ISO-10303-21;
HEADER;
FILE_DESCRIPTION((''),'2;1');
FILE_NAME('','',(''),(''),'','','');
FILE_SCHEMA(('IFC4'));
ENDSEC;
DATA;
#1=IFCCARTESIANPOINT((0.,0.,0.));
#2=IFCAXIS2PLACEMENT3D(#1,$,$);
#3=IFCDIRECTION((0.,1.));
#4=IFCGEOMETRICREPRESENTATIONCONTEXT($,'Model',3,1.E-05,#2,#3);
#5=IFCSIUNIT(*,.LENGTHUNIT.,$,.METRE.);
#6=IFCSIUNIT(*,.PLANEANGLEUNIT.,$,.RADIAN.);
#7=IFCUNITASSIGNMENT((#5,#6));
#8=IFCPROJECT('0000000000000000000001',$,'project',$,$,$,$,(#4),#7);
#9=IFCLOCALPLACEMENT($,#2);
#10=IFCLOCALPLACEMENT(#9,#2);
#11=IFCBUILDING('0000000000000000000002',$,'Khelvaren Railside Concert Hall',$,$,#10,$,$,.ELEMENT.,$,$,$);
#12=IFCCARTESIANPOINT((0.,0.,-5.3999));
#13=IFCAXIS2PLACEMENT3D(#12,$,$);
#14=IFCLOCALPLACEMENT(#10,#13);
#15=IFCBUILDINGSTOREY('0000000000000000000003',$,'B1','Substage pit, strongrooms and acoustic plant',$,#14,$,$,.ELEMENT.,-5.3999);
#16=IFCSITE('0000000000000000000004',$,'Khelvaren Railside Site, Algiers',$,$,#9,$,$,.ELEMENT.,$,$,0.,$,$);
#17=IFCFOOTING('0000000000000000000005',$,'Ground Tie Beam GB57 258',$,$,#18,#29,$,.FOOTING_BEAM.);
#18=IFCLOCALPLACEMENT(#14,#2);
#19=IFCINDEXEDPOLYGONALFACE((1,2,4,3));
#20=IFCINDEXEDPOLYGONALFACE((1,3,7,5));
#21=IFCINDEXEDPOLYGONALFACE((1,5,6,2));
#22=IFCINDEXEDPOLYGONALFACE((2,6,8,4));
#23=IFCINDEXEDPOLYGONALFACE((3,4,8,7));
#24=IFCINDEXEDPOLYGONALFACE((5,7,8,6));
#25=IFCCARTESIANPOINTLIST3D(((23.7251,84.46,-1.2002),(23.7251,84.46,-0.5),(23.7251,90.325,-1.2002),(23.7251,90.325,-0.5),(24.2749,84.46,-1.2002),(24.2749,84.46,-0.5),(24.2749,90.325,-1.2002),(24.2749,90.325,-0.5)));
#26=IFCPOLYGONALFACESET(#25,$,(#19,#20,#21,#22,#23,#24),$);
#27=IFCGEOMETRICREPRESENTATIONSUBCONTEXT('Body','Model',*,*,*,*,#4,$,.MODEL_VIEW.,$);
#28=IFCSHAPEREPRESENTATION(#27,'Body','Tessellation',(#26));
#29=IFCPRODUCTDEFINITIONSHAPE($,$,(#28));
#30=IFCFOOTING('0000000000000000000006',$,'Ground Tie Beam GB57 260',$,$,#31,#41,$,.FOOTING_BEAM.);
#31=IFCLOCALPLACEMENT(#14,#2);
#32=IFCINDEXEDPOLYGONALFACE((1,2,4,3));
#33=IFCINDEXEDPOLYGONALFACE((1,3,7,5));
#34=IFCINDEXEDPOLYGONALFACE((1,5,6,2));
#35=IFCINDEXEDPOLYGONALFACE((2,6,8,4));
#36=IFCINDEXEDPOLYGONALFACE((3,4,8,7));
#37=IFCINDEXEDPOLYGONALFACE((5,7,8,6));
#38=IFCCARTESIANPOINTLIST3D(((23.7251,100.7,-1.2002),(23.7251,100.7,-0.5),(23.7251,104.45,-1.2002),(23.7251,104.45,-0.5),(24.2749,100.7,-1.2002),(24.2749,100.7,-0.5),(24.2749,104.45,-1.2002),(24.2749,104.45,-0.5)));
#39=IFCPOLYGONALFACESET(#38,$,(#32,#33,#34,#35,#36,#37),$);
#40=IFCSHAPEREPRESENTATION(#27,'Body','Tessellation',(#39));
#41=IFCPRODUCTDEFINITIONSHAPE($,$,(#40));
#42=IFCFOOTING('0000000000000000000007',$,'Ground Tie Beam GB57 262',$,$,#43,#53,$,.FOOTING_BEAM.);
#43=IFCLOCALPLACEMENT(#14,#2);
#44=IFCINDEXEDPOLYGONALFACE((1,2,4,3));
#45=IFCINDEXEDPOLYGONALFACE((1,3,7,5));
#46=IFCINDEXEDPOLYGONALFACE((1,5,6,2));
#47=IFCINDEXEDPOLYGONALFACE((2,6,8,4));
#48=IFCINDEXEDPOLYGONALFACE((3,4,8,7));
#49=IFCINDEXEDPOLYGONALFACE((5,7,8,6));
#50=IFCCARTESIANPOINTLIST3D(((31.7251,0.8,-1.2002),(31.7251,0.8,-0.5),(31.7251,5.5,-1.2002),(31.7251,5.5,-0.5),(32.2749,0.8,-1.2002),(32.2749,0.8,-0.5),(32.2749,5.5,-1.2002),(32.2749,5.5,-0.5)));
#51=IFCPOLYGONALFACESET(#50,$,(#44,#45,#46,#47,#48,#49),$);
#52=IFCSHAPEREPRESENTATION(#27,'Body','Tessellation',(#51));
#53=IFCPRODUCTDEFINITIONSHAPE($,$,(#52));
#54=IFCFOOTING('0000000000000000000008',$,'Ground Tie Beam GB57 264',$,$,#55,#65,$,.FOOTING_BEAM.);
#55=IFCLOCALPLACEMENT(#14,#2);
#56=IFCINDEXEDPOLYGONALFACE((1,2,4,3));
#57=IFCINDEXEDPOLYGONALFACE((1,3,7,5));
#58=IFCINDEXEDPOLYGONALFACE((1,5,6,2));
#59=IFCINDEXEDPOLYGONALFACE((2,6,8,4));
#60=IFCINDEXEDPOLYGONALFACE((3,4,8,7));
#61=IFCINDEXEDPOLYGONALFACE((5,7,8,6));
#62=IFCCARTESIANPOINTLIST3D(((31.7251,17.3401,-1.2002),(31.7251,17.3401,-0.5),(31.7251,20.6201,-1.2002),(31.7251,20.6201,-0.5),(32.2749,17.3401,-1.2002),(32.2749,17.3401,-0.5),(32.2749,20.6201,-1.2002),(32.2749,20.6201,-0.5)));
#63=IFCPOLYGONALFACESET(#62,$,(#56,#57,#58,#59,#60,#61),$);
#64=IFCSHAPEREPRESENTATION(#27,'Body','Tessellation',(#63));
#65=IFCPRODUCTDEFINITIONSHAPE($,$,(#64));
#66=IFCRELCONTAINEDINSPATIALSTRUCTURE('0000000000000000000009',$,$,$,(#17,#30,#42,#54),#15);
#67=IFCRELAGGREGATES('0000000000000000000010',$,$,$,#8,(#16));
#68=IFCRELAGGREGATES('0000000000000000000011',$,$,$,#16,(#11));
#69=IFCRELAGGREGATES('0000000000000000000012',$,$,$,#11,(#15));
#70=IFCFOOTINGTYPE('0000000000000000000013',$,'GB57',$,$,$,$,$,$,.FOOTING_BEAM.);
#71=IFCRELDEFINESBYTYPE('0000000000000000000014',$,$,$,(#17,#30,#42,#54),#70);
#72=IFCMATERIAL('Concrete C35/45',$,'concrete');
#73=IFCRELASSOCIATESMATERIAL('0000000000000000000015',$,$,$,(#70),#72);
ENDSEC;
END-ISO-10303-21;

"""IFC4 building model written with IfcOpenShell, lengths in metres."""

from ifc_helpers import new_model, si_unit, direction, frame, origin, place, context, subcontext, project, spatial, polyline, outline, extrude, material, type_object, element, save


model = new_model("IFC4")

# Units and contexts
model_context = context("Model", 3, precision=1e-05, world=origin(), true_north=direction((0.0, 1.0)))
body_context = subcontext(model_context, "Body", "Model", "MODEL_VIEW")
ifc_project = project(units=[si_unit("LENGTHUNIT", "METRE"), si_unit("PLANEANGLEUNIT", "RADIAN")], contexts=[model_context])

# Site, building, storey
site_placement = place(None, origin())
site = spatial("IfcSite", under=ifc_project, at=site_placement, Name="Khelvaren Railside Site, Algiers", CompositionType="ELEMENT", RefElevation=0.0)
building_placement = place(site_placement, origin())
building = spatial("IfcBuilding", under=site, at=building_placement, Name="Khelvaren Railside Concert Hall", CompositionType="ELEMENT")
storey_placement = place(building_placement, frame((0.0, 0.0, -5.3999)))
storey = spatial("IfcBuildingStorey", under=building, at=storey_placement, Name="B1", Description="Substage pit, strongrooms and acoustic plant", CompositionType="ELEMENT", Elevation=-5.3999)

# Footings
ifc_material = material(Name="Concrete C35/45", Category="concrete")
footing_type_1 = type_object("IfcFootingType", Name="GB57", PredefinedType="FOOTING_BEAM", material=ifc_material)
footing_1_placement = place(storey_placement, frame((0.0, 0.0, -1.2002)))
element("IfcFooting", 1, at=footing_1_placement, inside=storey, type_object=footing_type_1, Name="Ground Tie Beam GB57 258", PredefinedType="FOOTING_BEAM", context=body_context, shape_type="SweptSolid", body=[
    extrude(outline(polyline([(23.7251, 84.46), (24.2749, 84.46), (24.2749, 90.325), (23.7251, 90.325), (23.7251, 84.46)])), origin(), (0.0, 0.0, 1.0), 0.7002),
])
footing_2_placement = place(storey_placement, frame((0.0, 0.0, -1.2002)))
element("IfcFooting", 2, at=footing_2_placement, inside=storey, type_object=footing_type_1, Name="Ground Tie Beam GB57 260", PredefinedType="FOOTING_BEAM", context=body_context, shape_type="SweptSolid", body=[
    extrude(outline(polyline([(23.7251, 100.7), (24.2749, 100.7), (24.2749, 104.45), (23.7251, 104.45), (23.7251, 100.7)])), origin(), (0.0, 0.0, 1.0), 0.7002),
])
footing_3_placement = place(storey_placement, frame((0.0, 0.0, -1.2002)))
element("IfcFooting", 3, at=footing_3_placement, inside=storey, type_object=footing_type_1, Name="Ground Tie Beam GB57 262", PredefinedType="FOOTING_BEAM", context=body_context, shape_type="SweptSolid", body=[
    extrude(outline(polyline([(31.7251, 0.8), (32.2749, 0.8), (32.2749, 5.5), (31.7251, 5.5), (31.7251, 0.8)])), origin(), (0.0, 0.0, 1.0), 0.7002),
])
footing_4_placement = place(storey_placement, frame((0.0, 0.0, -1.2002)))
element("IfcFooting", 4, at=footing_4_placement, inside=storey, type_object=footing_type_1, Name="Ground Tie Beam GB57 264", PredefinedType="FOOTING_BEAM", context=body_context, shape_type="SweptSolid", body=[
    extrude(outline(polyline([(31.7251, 17.3401), (32.2749, 17.3401), (32.2749, 20.6201), (31.7251, 20.6201), (31.7251, 17.3401)])), origin(), (0.0, 0.0, 1.0), 0.7002),
])

save(model, "model.ifc")
